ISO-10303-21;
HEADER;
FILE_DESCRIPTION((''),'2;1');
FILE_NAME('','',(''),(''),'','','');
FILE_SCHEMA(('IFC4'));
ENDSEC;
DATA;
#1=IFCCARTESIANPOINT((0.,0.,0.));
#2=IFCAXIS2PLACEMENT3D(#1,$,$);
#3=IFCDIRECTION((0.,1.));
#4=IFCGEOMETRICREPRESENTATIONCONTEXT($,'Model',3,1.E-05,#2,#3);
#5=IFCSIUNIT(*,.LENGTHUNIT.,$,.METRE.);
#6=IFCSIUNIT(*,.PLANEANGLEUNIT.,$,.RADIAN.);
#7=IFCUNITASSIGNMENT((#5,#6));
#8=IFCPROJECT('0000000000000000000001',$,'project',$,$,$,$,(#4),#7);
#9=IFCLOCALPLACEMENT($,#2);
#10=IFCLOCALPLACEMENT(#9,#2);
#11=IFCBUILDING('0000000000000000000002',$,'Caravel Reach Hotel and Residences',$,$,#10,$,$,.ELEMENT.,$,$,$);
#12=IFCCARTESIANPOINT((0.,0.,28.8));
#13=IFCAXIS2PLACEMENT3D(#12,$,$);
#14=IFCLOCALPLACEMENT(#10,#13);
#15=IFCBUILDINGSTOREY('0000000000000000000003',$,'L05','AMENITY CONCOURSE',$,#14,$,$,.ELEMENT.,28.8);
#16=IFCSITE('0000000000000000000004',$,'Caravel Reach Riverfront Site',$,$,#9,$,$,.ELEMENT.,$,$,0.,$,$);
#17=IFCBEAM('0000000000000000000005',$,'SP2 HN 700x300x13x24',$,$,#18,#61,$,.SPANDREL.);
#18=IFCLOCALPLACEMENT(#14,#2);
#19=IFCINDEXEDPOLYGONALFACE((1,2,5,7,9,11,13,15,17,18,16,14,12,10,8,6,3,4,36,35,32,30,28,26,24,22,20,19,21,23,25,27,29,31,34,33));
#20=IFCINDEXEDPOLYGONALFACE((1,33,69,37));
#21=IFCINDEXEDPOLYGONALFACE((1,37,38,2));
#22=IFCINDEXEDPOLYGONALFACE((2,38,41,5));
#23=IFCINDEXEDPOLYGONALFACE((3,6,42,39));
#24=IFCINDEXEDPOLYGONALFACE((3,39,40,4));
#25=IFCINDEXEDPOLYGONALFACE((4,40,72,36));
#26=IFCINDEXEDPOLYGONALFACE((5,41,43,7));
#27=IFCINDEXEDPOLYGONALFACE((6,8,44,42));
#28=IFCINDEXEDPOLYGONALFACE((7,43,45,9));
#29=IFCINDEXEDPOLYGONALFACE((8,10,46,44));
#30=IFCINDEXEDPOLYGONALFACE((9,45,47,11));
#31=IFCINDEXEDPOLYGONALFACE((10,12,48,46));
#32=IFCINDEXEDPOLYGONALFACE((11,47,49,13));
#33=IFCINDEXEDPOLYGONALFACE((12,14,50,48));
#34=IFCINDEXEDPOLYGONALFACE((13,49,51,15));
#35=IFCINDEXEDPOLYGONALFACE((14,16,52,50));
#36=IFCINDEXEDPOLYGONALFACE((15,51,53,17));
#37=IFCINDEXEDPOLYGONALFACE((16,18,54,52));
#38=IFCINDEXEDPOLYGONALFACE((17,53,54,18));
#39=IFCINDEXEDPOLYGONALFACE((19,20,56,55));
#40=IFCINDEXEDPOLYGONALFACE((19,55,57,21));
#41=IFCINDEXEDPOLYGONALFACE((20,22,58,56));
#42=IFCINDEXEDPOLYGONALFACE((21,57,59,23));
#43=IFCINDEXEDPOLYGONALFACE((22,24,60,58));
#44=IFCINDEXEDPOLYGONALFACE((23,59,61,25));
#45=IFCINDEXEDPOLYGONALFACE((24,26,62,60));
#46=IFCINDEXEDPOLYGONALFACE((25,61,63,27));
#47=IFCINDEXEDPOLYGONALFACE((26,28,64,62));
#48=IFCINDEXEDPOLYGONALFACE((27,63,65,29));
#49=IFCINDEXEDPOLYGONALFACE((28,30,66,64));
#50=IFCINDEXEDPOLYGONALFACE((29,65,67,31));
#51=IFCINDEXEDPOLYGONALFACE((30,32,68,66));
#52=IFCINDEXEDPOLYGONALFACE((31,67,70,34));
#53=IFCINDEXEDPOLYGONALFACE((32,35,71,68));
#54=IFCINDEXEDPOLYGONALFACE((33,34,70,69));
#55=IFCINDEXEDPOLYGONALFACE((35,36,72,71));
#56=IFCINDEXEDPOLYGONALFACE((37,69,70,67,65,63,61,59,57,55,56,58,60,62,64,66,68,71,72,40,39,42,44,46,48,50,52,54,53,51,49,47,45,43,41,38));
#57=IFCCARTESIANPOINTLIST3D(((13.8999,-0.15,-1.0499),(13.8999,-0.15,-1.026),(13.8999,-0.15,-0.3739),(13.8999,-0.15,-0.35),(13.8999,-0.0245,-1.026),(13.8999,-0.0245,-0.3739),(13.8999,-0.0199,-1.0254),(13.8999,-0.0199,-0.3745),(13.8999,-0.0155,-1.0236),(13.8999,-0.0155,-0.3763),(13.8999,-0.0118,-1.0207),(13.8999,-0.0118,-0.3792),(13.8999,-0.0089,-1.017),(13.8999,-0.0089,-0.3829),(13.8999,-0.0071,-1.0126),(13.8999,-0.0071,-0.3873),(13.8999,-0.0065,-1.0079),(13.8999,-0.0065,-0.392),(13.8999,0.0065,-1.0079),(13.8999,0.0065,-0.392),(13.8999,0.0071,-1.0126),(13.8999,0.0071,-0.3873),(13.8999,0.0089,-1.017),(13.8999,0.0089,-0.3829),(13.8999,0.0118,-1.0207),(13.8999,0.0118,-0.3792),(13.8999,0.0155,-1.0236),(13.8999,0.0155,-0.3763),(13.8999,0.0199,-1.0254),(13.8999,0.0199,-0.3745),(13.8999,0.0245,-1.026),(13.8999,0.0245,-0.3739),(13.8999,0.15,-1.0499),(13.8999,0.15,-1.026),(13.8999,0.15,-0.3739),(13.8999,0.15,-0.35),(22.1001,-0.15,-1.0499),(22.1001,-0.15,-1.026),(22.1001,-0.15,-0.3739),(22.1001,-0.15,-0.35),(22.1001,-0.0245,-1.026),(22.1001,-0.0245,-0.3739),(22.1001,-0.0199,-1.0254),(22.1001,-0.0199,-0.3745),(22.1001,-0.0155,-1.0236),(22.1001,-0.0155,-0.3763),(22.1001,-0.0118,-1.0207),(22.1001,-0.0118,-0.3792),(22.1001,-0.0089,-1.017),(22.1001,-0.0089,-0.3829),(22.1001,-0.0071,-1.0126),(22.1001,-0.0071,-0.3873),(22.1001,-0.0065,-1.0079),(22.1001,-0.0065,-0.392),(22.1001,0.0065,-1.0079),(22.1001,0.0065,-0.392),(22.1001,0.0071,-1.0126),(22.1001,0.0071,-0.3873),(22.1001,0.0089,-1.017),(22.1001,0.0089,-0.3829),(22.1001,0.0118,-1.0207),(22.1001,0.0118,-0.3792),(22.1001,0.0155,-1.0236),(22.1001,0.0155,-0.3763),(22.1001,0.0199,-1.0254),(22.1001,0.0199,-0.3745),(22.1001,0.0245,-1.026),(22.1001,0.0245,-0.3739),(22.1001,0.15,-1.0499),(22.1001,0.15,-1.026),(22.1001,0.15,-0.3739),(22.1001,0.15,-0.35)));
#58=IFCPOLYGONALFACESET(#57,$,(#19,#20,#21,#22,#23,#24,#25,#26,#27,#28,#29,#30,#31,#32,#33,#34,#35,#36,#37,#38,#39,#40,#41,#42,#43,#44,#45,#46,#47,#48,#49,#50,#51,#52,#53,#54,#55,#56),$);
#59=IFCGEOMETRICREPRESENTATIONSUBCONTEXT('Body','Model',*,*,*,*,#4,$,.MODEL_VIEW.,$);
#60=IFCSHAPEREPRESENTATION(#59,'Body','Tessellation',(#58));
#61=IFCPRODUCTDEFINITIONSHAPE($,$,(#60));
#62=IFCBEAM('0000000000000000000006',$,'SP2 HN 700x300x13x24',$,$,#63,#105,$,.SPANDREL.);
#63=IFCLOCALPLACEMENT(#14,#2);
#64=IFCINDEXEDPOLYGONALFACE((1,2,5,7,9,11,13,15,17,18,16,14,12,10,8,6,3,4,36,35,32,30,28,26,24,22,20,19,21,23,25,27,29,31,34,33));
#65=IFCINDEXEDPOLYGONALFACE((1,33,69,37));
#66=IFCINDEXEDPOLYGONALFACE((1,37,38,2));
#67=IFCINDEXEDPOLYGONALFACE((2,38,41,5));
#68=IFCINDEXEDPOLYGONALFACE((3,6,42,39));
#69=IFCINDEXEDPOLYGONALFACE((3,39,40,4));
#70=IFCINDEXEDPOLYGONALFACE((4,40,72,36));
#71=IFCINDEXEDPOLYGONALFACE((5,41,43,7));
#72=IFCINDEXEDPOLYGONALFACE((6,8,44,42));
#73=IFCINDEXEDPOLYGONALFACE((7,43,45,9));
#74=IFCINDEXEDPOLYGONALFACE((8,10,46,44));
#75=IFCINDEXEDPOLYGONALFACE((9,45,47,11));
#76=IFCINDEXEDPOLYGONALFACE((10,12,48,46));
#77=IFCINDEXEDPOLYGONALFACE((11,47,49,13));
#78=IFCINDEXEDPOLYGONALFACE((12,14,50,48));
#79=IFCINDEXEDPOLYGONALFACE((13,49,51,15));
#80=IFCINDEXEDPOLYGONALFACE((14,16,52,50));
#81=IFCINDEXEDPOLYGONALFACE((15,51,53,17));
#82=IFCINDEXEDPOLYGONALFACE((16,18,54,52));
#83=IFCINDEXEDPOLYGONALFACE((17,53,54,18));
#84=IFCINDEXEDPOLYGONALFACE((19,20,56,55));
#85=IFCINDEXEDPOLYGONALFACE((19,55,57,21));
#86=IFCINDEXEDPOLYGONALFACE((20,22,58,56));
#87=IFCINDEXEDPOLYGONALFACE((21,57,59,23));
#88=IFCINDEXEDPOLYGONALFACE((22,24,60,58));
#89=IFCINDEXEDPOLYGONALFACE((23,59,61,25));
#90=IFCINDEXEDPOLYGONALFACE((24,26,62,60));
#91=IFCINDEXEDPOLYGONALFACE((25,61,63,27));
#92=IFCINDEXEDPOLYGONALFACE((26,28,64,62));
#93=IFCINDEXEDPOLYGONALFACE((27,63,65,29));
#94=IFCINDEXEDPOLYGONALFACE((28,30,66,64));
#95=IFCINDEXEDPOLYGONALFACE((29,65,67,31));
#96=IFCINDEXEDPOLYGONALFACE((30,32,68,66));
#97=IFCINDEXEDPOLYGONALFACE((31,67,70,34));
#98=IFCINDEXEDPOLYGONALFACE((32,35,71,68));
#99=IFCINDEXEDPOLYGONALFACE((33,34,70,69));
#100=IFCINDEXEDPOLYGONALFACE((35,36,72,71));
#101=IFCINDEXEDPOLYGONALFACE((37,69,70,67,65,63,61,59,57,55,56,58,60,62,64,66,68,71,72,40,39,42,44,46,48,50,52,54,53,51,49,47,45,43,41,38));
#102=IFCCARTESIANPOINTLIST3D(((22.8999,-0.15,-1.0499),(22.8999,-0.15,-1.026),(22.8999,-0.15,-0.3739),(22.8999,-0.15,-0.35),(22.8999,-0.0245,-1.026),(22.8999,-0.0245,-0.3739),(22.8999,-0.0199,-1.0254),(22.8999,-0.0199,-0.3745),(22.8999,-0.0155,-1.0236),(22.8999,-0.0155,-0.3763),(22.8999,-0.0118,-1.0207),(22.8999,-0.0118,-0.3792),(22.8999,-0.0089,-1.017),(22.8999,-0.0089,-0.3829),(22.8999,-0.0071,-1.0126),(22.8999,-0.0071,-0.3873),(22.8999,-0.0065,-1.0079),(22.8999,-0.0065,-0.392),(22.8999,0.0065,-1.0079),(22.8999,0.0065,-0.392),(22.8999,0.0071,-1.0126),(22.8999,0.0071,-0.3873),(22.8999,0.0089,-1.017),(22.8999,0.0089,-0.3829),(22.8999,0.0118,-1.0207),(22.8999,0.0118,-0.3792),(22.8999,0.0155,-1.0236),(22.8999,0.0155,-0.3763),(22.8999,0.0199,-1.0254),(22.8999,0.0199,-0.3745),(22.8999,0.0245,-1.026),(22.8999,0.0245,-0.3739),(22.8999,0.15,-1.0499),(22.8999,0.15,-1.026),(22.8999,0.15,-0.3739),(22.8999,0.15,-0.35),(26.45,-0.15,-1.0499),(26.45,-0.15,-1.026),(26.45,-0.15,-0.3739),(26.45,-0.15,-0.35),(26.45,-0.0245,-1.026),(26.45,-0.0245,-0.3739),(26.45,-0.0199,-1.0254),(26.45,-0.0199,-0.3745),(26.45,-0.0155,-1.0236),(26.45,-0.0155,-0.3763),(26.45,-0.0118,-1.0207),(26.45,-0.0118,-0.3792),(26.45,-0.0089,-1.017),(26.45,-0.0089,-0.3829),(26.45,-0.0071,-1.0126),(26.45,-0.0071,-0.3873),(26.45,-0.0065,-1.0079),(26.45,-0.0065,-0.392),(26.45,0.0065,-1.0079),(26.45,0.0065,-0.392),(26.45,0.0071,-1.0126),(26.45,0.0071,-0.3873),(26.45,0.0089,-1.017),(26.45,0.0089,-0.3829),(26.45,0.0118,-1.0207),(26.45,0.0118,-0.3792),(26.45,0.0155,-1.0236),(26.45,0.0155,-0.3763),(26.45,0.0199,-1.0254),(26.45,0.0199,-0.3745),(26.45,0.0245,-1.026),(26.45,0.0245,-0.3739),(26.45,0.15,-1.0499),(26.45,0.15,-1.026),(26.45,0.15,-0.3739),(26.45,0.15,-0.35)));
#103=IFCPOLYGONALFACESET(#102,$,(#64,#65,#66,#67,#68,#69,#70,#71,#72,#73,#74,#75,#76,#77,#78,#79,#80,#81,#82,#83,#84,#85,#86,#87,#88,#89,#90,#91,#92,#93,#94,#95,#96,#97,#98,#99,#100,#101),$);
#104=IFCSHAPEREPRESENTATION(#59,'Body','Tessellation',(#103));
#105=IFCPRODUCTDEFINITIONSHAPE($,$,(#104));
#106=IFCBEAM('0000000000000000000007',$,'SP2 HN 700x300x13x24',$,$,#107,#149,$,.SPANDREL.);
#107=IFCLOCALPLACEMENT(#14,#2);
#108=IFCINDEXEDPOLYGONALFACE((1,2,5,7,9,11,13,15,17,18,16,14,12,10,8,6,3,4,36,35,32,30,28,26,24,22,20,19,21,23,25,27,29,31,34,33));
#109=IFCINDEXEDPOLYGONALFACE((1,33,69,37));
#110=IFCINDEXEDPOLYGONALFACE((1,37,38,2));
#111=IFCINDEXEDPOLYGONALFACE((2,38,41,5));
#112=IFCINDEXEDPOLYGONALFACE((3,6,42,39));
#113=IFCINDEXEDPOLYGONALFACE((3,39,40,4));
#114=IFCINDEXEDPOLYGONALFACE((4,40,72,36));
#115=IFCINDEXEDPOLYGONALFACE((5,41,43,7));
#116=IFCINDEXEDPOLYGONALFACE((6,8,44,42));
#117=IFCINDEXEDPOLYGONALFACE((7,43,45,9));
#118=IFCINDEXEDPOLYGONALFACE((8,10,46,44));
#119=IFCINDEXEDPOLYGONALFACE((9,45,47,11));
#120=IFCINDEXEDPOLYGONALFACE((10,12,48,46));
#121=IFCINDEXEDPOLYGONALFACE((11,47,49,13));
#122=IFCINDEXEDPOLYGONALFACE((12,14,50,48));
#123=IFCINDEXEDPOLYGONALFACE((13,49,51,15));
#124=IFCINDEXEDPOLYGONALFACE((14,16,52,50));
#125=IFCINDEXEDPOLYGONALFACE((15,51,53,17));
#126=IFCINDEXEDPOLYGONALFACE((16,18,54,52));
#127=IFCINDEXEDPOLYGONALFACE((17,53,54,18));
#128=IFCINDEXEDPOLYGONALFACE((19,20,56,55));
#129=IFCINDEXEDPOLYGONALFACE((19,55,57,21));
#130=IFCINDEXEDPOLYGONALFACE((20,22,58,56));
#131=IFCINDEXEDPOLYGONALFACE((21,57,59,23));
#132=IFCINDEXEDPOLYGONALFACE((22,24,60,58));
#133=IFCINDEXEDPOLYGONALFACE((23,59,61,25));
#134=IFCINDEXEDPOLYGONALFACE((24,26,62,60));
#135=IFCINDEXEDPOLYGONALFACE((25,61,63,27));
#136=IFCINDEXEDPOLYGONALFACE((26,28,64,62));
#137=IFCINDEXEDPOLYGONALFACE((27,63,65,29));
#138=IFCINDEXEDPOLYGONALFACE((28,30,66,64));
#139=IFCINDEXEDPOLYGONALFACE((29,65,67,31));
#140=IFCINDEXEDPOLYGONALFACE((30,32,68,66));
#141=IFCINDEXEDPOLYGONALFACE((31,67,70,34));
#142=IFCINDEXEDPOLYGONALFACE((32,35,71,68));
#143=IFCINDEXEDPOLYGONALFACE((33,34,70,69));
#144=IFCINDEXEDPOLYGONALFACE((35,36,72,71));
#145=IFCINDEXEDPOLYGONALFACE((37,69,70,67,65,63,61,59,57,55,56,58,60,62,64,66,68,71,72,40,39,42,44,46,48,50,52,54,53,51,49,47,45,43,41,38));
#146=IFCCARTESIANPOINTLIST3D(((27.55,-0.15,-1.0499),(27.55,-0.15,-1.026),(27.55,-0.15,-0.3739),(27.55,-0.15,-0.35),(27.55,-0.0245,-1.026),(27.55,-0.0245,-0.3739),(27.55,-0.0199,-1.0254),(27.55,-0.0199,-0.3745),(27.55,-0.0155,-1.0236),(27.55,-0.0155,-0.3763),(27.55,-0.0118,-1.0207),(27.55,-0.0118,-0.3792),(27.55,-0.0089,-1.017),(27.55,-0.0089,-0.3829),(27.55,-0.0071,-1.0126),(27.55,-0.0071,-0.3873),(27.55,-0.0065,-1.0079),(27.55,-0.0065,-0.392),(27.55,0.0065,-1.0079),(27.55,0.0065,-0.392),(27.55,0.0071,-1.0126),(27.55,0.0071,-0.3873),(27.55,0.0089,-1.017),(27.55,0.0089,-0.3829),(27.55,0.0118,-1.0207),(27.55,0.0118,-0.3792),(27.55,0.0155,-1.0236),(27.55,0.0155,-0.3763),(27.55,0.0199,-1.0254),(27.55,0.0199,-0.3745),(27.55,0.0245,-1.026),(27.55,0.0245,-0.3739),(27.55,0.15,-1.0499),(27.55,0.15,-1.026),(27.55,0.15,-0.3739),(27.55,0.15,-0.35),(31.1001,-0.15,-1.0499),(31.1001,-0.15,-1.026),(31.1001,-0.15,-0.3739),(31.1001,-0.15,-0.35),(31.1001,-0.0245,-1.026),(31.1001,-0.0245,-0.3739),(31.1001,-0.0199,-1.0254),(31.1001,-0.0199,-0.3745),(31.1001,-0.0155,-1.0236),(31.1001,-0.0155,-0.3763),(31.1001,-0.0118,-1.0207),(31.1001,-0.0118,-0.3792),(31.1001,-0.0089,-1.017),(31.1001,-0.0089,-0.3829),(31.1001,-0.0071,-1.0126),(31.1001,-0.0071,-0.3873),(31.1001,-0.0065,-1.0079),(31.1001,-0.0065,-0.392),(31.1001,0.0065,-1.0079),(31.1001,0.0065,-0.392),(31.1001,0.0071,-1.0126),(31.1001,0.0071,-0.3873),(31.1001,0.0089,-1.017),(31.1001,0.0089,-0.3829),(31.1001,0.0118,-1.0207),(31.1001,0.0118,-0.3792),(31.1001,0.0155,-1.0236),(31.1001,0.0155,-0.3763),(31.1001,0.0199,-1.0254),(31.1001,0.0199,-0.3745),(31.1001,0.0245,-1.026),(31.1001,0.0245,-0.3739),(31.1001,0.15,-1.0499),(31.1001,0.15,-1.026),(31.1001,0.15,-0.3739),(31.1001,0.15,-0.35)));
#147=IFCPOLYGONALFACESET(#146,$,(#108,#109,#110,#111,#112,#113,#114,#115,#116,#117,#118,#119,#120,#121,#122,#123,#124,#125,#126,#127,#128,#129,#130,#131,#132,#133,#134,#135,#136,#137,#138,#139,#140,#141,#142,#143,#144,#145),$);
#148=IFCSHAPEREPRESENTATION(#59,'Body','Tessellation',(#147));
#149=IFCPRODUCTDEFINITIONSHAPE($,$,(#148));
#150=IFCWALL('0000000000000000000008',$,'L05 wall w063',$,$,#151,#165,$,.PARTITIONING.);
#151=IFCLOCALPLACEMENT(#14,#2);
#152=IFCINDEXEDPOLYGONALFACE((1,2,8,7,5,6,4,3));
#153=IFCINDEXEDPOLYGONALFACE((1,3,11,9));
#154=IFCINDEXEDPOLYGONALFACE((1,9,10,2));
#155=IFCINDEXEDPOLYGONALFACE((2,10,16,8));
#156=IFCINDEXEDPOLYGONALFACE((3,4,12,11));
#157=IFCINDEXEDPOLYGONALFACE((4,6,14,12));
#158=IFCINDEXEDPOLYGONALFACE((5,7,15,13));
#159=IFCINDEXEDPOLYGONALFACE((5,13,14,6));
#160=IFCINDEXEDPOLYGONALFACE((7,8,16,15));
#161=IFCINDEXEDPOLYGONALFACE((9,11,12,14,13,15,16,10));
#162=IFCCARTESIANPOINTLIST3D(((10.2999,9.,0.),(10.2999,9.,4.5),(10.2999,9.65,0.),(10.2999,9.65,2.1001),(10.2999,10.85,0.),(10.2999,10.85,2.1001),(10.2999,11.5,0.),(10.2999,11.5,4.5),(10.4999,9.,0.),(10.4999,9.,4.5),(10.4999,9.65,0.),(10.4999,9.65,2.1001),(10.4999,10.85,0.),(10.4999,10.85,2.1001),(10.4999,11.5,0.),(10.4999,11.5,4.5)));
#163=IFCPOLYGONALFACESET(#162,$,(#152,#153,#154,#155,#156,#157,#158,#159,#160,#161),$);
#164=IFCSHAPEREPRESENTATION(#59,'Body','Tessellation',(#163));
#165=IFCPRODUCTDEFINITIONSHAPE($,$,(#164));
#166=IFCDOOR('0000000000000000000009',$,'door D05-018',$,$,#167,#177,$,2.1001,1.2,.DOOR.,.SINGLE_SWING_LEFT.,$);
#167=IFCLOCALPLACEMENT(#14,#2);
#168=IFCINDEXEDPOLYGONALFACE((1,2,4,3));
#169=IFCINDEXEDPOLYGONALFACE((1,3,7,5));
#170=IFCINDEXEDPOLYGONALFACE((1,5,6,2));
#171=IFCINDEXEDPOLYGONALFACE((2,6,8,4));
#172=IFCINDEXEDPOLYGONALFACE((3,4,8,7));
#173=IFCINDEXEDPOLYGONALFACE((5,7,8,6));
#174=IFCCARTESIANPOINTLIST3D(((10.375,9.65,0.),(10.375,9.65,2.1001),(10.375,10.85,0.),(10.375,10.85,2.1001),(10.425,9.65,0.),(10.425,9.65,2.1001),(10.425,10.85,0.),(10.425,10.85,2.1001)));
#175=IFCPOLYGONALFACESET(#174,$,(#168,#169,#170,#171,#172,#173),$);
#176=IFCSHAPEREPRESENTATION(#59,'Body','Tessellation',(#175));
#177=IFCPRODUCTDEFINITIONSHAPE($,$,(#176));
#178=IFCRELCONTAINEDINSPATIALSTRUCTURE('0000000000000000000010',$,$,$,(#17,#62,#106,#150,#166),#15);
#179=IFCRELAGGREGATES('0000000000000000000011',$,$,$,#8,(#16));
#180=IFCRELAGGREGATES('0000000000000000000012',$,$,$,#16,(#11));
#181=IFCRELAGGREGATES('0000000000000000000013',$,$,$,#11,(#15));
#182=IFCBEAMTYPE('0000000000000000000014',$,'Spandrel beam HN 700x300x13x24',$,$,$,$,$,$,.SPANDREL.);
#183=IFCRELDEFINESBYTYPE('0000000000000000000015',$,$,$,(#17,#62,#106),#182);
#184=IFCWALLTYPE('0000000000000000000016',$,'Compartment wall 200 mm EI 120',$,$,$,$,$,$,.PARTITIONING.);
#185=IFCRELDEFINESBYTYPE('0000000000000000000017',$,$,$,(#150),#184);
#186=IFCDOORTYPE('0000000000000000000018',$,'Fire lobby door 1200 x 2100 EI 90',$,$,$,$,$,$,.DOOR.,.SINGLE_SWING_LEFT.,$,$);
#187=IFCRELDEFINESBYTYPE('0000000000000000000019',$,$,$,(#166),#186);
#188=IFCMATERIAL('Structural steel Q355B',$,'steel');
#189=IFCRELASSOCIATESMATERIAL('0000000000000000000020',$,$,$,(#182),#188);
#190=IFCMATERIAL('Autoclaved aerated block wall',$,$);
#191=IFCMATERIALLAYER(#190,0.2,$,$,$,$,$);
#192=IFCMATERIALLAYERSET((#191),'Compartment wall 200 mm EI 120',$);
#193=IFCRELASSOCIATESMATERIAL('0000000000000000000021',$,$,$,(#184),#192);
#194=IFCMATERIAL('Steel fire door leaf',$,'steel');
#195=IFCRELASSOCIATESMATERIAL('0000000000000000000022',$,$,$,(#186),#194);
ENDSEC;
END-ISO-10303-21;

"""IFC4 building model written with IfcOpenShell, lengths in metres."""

from ifc_helpers import new_model, si_unit, direction, frame, frame_2d, origin, origin_2d, place, context, subcontext, project, spatial, rectangle, i_section, extrude, material, layer, layer_set, material_profile, profile_set, type_object, element, fill, save


model = new_model("IFC4")

# Units and contexts
model_context = context("Model", 3, precision=1e-05, world=origin(), true_north=direction((0.0, 1.0)))
body_context = subcontext(model_context, "Body", "Model", "MODEL_VIEW")
ifc_project = project(units=[si_unit("LENGTHUNIT", "METRE"), si_unit("PLANEANGLEUNIT", "RADIAN")], contexts=[model_context])

# Site, building, storey
site_placement = place(None, origin())
site = spatial("IfcSite", under=ifc_project, at=site_placement, Name="Caravel Reach Riverfront Site", CompositionType="ELEMENT", RefElevation=0.0)
building_placement = place(site_placement, origin())
building = spatial("IfcBuilding", under=site, at=building_placement, Name="Caravel Reach Hotel and Residences", CompositionType="ELEMENT")
storey_placement = place(building_placement, frame((0.0, 0.0, 28.8)))
storey = spatial("IfcBuildingStorey", under=building, at=storey_placement, Name="L05", Description="AMENITY CONCOURSE", CompositionType="ELEMENT", Elevation=28.8)

# Beams
ifc_material_1 = material(Name="Structural steel Q355B", Category="steel")
ifc_material_profile_1 = material_profile(ifc_material_1, i_section(OverallWidth=0.3, OverallDepth=0.7, WebThickness=0.0129, FlangeThickness=0.0239, FilletRadius=0.0181, at=origin_2d()), Name="HN 700x300x13x24")
ifc_profile_set_1 = profile_set([ifc_material_profile_1], Name="Structural steel Q355B")
beam_type = type_object("IfcBeamType", Name="Spandrel beam HN 700x300x13x24", PredefinedType="SPANDREL", material=ifc_profile_set_1)
beam_placement = place(storey_placement, frame((13.8999, 0.0, -0.7), z_axis=(1.0, 0.0, 0.0), x_axis=(0.0, 1.0, 0.0)))
element("IfcBeam", 1, at=beam_placement, inside=storey, type_object=beam_type, Name="SP2 HN 700x300x13x24", PredefinedType="SPANDREL", context=body_context, shape_type="SweptSolid", body=[
    extrude(i_section(OverallWidth=0.3, OverallDepth=0.7, WebThickness=0.0129, FlangeThickness=0.0239, FilletRadius=0.0181, at=origin_2d()), origin(), (0.0, 0.0, 1.0), 8.2002),
])
for number, where, z_axis, x_axis, name in (
    (2, (22.8999, 0.0, -0.7), (1.0, 0.0, 0.0), (0.0, 1.0, 0.0), "SP2 HN 700x300x13x24"),
    (3, (27.55, 0.0, -0.7), (1.0, 0.0, 0.0), (0.0, 1.0, 0.0), "SP2 HN 700x300x13x24"),
):
    element("IfcBeam", number, at=place(storey_placement, frame(where, z_axis=z_axis, x_axis=x_axis)), inside=storey, type_object=beam_type, Name=name, PredefinedType="SPANDREL", context=body_context, shape_type="SweptSolid", body=[
        extrude(i_section(OverallWidth=0.3, OverallDepth=0.7, WebThickness=0.0129, FlangeThickness=0.0239, FilletRadius=0.0181, at=origin_2d()), origin(), (0.0, 0.0, 1.0), 3.55),
    ])

# Wall, opening, door
ifc_material_2 = material(Name="Autoclaved aerated block wall")
ifc_layer_1 = layer(ifc_material_2, 0.2)
ifc_layer_set_1 = layer_set([ifc_layer_1], Name="Compartment wall 200 mm EI 120")
wall_type_1 = type_object("IfcWallType", Name="Compartment wall 200 mm EI 120", PredefinedType="PARTITIONING", material=ifc_layer_set_1)
wall_1_placement = place(storey_placement, frame((10.3999, 9.0, 0.0), z_axis=(0.0, 0.0, 1.0), x_axis=(0.0, 1.0, 0.0)))
wall_1 = element("IfcWall", 4, at=wall_1_placement, inside=storey, type_object=wall_type_1, Name="L05 wall w063", PredefinedType="PARTITIONING", context=body_context, shape_type="SweptSolid", body=[
    extrude(rectangle(XDim=2.5, YDim=0.2, at=frame_2d((1.25, 0.0))), origin(), (0.0, 0.0, 1.0), 4.5),
])
opening_1_placement = place(wall_1_placement, frame((0.6499, 0.0, 0.0)))
opening_1 = element("IfcOpeningElement", 5, at=opening_1_placement, cuts=wall_1, PredefinedType="OPENING", context=body_context, shape_type="SweptSolid", body=[
    extrude(rectangle(XDim=1.2, YDim=2.1001, at=frame_2d((0.6001, 1.05))), frame((0.0, 0.1099, 0.0), z_axis=(0.0, -1.0, 0.0), x_axis=(1.0, 0.0, 0.0)), (0.0, 0.0, 1.0), 0.22),
])
ifc_material_3 = material(Name="Steel fire door leaf", Category="steel")
door_type_1 = type_object("IfcDoorType", Name="Fire lobby door 1200 x 2100 EI 90", OperationType="SINGLE_SWING_LEFT", PredefinedType="DOOR", material=ifc_material_3)
door_1_placement = place(opening_1_placement, origin())
door_1 = element("IfcDoor", 6, at=door_1_placement, inside=storey, type_object=door_type_1, Name="door D05-018", OperationType="SINGLE_SWING_LEFT", OverallHeight=2.1001, OverallWidth=1.2, PredefinedType="DOOR", context=body_context, shape_type="SweptSolid", body=[
    extrude(rectangle(XDim=1.2, YDim=2.1001, at=frame_2d((0.6001, 1.05))), frame((0.0, 0.0249, 0.0), z_axis=(0.0, -1.0, 0.0), x_axis=(1.0, 0.0, 0.0)), (0.0, 0.0, 1.0), 0.05),
])
fill(opening_1, door_1)

save(model, "model.ifc")
